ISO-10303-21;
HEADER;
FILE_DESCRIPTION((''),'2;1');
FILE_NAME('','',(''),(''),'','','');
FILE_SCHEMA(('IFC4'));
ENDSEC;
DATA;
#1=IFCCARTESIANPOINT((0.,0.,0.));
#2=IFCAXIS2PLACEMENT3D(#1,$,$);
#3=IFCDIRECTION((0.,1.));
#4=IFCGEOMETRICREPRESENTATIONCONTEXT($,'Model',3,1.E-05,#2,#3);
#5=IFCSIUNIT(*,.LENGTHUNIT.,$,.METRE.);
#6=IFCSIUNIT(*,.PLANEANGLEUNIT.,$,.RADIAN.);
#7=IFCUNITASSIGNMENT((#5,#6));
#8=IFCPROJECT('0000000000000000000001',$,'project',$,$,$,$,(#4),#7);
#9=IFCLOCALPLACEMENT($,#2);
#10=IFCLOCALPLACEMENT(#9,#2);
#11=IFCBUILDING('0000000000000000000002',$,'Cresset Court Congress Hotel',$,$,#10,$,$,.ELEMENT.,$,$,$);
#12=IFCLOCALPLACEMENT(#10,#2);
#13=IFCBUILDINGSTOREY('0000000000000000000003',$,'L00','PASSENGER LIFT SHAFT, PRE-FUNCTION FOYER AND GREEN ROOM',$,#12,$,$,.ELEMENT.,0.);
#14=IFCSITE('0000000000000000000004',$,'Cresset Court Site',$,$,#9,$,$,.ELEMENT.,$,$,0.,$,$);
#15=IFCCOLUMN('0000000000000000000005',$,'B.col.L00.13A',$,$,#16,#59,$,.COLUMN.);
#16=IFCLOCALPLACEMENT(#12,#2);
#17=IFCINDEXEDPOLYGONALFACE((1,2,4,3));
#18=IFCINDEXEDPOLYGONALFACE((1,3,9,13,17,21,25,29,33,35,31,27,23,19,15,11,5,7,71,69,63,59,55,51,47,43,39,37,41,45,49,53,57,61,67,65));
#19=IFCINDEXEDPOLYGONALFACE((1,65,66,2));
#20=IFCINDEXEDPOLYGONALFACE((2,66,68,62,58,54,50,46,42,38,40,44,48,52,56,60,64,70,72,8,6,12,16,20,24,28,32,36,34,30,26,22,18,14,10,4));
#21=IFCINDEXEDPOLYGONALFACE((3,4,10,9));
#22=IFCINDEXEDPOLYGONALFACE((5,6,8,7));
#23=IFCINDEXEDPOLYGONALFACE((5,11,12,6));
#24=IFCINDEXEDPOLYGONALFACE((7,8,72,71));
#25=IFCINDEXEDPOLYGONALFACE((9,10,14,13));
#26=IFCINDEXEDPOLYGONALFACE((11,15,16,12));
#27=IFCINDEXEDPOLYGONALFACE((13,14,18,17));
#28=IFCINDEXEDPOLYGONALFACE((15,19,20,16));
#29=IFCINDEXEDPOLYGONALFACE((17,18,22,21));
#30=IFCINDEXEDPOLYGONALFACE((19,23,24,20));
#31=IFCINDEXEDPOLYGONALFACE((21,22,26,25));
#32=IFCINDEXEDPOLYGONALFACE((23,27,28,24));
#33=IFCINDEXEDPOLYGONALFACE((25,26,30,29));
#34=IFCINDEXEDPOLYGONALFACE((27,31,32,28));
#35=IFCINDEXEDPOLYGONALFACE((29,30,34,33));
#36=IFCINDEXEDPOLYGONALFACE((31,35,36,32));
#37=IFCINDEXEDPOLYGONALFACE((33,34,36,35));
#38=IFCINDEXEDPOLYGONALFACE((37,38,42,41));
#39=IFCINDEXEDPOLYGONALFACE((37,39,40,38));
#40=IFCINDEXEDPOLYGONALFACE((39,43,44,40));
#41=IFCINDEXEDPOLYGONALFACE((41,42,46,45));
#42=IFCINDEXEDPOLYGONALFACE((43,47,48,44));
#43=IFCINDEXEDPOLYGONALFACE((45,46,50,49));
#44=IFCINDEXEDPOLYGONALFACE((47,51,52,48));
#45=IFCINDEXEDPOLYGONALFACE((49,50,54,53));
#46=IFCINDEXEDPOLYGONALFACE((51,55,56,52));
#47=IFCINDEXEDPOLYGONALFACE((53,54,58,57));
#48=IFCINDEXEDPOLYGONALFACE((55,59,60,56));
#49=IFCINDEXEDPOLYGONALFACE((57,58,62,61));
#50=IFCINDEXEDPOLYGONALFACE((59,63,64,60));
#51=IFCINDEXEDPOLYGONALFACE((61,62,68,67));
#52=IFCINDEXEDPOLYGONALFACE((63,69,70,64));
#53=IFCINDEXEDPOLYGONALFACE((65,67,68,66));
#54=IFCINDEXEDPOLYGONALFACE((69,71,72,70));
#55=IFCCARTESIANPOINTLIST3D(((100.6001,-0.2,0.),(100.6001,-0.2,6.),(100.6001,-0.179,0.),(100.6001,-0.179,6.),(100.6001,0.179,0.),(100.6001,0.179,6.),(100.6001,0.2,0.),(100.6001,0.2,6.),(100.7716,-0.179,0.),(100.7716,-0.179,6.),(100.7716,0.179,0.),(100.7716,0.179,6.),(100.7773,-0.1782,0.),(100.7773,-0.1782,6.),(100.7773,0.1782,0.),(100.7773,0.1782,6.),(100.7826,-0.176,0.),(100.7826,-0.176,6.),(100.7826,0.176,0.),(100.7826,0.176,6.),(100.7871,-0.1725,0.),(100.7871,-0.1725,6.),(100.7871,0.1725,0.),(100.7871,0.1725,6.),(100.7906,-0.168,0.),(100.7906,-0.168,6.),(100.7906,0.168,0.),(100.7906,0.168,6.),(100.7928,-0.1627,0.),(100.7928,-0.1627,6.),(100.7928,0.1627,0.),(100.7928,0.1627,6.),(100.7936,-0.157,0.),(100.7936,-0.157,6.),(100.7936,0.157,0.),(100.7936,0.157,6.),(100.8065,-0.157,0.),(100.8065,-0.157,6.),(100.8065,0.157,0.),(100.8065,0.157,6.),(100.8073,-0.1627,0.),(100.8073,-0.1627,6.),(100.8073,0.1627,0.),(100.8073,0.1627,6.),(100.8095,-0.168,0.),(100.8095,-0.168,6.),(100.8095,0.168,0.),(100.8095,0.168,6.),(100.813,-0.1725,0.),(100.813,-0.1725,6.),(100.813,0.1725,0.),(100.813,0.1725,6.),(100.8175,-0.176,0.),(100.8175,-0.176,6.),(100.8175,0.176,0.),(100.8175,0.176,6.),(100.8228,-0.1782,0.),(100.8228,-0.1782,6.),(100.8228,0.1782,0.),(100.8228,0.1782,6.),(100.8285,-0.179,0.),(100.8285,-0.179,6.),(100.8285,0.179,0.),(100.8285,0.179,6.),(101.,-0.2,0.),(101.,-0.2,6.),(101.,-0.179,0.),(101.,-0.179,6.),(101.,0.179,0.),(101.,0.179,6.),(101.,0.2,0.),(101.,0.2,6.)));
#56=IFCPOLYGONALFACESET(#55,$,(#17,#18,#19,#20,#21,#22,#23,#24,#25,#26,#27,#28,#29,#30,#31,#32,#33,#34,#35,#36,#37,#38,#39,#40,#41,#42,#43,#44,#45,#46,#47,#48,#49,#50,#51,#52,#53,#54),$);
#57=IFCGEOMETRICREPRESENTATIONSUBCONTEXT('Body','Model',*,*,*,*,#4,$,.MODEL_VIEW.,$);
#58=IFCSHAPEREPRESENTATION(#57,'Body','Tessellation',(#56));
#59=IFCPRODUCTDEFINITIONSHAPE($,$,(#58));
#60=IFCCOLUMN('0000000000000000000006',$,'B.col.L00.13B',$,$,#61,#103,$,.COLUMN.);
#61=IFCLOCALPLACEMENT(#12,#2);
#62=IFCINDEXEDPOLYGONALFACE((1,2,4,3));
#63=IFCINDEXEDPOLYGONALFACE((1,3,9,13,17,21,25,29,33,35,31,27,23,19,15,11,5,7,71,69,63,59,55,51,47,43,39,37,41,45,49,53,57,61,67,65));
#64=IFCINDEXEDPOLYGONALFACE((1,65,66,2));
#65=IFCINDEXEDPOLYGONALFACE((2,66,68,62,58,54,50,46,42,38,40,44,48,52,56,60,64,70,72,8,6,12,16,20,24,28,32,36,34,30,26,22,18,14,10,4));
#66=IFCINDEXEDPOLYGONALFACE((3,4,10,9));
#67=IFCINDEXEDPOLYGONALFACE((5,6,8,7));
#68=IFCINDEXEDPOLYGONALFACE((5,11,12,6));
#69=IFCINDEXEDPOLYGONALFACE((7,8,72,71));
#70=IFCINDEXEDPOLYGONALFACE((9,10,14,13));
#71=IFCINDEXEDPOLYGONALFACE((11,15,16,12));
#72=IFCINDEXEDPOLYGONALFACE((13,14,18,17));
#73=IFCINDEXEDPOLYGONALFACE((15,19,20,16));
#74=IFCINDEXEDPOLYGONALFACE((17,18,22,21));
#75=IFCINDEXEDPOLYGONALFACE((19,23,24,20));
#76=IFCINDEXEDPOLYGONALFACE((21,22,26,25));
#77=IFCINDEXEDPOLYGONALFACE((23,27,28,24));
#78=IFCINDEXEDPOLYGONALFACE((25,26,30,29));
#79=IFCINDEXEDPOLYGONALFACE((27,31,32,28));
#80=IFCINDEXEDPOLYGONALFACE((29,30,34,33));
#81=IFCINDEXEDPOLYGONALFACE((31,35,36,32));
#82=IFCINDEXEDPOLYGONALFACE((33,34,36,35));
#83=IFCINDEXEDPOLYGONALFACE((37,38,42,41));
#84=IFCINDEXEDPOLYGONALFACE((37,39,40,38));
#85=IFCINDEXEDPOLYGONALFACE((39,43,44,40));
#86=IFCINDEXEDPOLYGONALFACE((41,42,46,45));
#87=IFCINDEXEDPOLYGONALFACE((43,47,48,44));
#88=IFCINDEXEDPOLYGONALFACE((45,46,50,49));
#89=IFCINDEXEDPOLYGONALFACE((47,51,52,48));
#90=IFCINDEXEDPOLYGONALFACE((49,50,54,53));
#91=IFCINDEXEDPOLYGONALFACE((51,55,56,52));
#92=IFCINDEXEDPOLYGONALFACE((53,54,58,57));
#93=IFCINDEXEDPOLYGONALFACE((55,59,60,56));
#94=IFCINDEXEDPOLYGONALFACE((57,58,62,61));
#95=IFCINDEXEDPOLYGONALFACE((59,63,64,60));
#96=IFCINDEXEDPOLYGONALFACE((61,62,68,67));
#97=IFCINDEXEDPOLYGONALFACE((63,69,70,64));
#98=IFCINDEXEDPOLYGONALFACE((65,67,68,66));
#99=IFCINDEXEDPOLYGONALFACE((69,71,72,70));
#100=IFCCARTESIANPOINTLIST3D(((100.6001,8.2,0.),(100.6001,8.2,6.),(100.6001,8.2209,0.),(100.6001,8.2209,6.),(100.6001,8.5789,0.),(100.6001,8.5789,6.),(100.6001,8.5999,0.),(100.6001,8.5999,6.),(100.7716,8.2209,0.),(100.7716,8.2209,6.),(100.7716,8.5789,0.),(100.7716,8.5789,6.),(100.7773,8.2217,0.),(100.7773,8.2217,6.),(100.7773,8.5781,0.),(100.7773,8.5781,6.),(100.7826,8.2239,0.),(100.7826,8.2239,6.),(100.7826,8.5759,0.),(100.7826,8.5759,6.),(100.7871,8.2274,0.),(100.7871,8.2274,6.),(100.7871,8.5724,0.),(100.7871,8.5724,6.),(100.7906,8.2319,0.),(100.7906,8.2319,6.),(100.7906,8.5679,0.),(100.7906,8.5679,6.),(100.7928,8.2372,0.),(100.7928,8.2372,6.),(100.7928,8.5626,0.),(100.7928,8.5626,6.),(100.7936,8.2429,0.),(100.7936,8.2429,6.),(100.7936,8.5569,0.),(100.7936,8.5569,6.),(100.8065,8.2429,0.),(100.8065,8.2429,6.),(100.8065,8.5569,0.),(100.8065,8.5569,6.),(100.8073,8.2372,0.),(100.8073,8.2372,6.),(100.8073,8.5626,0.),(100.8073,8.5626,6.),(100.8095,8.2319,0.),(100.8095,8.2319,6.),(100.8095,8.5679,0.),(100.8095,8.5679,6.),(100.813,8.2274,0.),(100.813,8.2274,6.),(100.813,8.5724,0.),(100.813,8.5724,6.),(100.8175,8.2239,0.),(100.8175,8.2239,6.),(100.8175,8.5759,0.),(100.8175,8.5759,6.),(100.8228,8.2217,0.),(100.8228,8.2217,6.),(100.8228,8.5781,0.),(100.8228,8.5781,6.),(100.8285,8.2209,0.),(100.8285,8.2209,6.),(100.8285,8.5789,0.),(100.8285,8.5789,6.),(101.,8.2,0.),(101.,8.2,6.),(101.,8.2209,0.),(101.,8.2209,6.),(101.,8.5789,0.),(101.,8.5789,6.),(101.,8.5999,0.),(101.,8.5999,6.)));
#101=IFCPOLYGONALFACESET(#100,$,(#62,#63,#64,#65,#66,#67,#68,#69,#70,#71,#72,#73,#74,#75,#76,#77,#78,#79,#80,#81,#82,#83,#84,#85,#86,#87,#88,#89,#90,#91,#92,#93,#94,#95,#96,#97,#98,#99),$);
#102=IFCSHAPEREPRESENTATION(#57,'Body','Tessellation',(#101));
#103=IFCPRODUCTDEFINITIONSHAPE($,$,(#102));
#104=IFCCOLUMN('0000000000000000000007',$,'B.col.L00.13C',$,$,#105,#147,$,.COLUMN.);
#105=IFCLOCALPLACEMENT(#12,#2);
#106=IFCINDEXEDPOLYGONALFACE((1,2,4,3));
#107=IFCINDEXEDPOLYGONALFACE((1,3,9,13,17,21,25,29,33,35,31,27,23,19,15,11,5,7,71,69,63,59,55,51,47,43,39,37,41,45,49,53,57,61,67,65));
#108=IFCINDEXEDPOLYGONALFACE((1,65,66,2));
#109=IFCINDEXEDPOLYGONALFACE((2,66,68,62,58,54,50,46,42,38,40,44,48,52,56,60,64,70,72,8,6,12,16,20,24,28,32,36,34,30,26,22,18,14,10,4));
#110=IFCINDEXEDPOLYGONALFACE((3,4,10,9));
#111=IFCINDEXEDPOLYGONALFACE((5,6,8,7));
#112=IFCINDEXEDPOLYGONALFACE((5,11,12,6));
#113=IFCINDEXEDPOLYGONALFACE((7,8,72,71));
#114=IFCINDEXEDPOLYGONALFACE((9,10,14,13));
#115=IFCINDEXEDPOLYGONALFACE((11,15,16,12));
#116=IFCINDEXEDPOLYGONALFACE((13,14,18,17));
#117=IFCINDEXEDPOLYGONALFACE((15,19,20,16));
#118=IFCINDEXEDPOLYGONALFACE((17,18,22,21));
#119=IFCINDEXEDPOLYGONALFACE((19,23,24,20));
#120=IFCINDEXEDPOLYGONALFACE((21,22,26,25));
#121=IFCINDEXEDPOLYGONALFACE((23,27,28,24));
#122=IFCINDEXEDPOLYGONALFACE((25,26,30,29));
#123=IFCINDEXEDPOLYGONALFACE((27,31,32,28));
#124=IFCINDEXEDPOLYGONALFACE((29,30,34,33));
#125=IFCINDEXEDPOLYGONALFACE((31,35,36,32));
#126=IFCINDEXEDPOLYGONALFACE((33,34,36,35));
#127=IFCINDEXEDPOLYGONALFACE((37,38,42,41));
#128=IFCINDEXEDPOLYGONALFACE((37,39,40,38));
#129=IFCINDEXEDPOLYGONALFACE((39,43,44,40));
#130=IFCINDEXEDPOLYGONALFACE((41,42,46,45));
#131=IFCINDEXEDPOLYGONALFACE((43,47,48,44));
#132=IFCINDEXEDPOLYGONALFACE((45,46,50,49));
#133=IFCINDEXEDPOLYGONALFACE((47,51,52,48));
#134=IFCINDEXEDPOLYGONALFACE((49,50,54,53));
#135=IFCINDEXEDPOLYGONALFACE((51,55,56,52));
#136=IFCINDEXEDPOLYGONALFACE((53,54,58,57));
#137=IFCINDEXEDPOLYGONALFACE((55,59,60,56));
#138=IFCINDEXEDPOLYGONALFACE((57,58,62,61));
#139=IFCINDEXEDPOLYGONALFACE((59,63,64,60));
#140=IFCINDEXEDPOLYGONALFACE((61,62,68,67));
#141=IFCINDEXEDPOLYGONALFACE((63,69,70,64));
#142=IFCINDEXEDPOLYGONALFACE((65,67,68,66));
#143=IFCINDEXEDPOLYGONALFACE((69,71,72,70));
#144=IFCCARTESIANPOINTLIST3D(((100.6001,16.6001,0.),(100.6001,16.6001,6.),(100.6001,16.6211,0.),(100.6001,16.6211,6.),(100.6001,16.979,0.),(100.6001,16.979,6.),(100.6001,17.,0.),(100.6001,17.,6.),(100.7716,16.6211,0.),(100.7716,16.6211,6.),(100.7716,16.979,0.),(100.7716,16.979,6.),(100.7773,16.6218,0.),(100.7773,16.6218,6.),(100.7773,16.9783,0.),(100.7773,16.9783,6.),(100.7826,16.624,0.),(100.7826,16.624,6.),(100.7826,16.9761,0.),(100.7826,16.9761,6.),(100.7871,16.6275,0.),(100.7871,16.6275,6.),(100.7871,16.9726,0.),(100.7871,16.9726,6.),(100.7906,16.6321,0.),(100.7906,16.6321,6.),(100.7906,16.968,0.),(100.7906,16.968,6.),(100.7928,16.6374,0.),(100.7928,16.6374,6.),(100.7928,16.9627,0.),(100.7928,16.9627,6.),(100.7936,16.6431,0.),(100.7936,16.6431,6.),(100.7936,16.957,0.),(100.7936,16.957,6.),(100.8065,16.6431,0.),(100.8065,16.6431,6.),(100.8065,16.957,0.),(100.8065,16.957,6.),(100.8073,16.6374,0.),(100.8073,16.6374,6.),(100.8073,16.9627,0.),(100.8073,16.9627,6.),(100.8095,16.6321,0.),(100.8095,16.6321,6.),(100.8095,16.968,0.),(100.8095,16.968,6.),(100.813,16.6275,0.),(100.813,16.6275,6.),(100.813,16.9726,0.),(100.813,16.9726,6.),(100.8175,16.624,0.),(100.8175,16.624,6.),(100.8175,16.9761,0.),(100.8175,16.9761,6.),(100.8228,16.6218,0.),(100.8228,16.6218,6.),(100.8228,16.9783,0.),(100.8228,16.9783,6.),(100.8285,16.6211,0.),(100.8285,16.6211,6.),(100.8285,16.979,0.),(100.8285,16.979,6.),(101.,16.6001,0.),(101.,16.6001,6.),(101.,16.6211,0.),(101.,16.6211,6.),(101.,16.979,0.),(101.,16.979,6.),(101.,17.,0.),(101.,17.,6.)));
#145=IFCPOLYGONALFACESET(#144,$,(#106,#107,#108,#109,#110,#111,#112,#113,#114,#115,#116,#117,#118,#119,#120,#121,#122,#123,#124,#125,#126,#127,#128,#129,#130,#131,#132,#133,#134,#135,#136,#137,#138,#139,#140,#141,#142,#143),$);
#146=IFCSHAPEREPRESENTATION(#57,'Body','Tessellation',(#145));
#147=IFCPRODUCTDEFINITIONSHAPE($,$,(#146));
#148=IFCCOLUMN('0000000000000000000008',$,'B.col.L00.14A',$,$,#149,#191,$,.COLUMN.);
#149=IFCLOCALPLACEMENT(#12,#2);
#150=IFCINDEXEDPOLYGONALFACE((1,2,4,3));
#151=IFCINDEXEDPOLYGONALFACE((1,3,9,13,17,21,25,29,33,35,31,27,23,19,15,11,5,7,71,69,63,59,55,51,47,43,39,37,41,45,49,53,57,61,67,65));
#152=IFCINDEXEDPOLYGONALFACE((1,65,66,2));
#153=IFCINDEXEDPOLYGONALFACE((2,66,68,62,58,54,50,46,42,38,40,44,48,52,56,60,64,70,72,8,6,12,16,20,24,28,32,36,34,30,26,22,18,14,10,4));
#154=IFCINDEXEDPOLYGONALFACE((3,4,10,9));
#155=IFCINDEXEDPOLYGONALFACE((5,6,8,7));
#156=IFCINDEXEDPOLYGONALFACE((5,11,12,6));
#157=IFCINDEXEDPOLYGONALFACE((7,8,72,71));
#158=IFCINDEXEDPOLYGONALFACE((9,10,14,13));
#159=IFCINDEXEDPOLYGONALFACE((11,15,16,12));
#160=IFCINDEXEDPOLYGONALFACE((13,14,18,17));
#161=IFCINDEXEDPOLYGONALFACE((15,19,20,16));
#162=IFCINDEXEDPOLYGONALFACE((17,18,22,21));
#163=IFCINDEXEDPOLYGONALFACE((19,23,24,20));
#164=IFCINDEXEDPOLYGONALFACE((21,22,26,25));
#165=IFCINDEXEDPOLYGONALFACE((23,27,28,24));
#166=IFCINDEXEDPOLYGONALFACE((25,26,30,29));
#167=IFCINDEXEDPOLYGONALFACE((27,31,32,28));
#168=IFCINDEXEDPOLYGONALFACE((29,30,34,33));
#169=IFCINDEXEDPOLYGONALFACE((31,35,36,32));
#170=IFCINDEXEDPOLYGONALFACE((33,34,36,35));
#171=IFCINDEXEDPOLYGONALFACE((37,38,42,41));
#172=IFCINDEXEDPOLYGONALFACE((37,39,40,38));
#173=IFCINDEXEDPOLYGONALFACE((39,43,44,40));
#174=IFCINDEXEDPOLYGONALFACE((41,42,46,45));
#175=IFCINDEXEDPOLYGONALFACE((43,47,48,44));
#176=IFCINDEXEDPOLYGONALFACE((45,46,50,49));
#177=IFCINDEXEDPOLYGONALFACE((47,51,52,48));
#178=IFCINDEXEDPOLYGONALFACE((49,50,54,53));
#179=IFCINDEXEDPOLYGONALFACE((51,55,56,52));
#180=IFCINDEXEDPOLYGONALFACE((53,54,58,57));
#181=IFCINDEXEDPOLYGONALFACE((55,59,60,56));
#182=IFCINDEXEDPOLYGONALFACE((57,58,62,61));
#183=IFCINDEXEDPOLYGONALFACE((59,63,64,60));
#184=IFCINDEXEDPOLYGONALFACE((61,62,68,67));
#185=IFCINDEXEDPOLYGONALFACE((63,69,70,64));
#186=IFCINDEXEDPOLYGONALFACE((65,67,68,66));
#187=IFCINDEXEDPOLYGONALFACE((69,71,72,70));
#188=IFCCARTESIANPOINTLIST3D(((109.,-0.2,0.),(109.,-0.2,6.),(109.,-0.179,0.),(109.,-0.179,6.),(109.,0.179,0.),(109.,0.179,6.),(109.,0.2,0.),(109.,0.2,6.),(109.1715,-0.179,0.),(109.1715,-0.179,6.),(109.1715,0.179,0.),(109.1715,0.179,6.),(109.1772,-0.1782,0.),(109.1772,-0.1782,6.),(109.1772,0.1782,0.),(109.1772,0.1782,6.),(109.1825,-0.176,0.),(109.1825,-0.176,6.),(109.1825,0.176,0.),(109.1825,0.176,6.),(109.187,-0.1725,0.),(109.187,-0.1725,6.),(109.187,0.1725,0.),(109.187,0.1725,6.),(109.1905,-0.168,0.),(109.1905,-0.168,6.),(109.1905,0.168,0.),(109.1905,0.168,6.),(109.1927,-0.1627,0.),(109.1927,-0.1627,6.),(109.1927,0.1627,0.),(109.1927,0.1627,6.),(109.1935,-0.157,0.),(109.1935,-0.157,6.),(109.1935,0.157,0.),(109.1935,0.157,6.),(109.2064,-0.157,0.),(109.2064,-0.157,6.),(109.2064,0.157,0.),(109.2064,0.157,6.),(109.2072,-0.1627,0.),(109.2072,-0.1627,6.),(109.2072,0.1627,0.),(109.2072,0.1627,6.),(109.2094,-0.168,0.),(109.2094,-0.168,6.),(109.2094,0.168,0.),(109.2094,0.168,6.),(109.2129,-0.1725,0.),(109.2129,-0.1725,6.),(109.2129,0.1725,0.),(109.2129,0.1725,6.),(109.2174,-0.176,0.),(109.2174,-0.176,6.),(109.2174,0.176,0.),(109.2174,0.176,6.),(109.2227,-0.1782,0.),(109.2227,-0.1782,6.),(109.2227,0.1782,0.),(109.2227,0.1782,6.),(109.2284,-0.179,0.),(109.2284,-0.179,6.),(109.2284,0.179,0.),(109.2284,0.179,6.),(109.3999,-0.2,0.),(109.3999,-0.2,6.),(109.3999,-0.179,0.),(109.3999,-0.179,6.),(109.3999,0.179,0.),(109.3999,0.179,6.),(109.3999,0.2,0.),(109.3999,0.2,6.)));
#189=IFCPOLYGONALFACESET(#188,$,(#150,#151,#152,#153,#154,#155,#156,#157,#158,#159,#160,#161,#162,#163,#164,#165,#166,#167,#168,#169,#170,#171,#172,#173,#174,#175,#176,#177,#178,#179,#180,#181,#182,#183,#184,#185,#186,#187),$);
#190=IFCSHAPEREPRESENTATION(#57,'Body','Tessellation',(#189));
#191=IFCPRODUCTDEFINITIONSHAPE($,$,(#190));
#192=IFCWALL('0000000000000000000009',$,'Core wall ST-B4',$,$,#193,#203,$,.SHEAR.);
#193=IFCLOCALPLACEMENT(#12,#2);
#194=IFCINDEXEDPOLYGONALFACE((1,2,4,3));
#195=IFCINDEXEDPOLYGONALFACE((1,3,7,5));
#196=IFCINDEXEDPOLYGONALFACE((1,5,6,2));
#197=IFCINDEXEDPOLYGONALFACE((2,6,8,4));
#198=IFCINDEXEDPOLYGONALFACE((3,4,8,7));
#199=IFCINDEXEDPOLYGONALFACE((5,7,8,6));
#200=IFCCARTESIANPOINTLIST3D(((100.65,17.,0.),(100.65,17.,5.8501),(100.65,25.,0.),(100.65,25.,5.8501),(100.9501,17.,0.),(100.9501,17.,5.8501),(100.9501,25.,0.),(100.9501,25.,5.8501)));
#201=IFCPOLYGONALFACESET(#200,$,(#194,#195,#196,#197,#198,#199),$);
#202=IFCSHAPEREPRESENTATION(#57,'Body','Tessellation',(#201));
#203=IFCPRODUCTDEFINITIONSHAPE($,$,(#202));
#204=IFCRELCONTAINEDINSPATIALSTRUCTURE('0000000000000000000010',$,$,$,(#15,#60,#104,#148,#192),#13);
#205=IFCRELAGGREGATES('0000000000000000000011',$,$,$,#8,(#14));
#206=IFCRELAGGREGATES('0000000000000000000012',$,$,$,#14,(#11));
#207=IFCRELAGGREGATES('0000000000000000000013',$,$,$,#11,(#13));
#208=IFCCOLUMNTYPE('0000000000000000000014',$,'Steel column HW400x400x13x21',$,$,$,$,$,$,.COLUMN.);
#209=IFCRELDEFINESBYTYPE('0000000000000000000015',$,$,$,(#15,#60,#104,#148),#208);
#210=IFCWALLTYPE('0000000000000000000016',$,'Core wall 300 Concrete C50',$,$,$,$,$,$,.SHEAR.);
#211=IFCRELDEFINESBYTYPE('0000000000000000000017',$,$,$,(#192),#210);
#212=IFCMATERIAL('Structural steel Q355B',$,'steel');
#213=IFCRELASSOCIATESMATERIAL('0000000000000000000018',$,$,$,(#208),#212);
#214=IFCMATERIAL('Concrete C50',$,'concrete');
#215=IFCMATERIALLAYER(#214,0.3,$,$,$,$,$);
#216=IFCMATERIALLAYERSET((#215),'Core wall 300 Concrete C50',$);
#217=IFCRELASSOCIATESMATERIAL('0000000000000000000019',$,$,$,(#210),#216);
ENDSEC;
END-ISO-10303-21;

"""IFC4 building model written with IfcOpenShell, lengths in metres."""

from ifc_helpers import new_model, si_unit, direction, frame, frame_2d, origin, origin_2d, place, context, subcontext, project, spatial, rectangle, i_section, extrude, material, layer, layer_set, material_profile, profile_set, type_object, element, save


model = new_model("IFC4")

# Units and contexts
model_context = context("Model", 3, precision=1e-05, world=origin(), true_north=direction((0.0, 1.0)))
body_context = subcontext(model_context, "Body", "Model", "MODEL_VIEW")
ifc_project = project(units=[si_unit("LENGTHUNIT", "METRE"), si_unit("PLANEANGLEUNIT", "RADIAN")], contexts=[model_context])

# Site, building, storey
site_placement = place(None, origin())
site = spatial("IfcSite", under=ifc_project, at=site_placement, Name="Cresset Court Site", CompositionType="ELEMENT", RefElevation=0.0)
building_placement = place(site_placement, origin())
building = spatial("IfcBuilding", under=site, at=building_placement, Name="Cresset Court Congress Hotel", CompositionType="ELEMENT")
storey_placement = place(building_placement, origin())
storey = spatial("IfcBuildingStorey", under=building, at=storey_placement, Name="L00", Description="PASSENGER LIFT SHAFT, PRE-FUNCTION FOYER AND GREEN ROOM", CompositionType="ELEMENT", Elevation=0.0)

# Columns
ifc_material_1 = material(Name="Structural steel Q355B", Category="steel")
ifc_material_profile = material_profile(ifc_material_1, i_section(OverallWidth=0.3999, OverallDepth=0.3999, WebThickness=0.0129, FlangeThickness=0.021, FilletRadius=0.022, at=origin_2d()), Name="HW400x400x13x21")
ifc_profile_set = profile_set([ifc_material_profile], Name="Structural steel Q355B")
column_type = type_object("IfcColumnType", Name="Steel column HW400x400x13x21", PredefinedType="COLUMN", material=ifc_profile_set)
for number, where, z_axis, x_axis, name in (
    (1, (100.8, 0.0, 0.0), (0.0, 0.0, 1.0), (1.0, 0.0, 0.0), "B.col.L00.13A"),
    (2, (100.8, 8.3999, 0.0), (0.0, 0.0, 1.0), (1.0, 0.0, 0.0), "B.col.L00.13B"),
    (3, (100.8, 16.8, 0.0), (0.0, 0.0, 1.0), (1.0, 0.0, 0.0), "B.col.L00.13C"),
    (4, (109.2, 0.0, 0.0), (0.0, 0.0, 1.0), (1.0, 0.0, 0.0), "B.col.L00.14A"),
):
    element("IfcColumn", number, at=place(storey_placement, frame(where, z_axis=z_axis, x_axis=x_axis)), inside=storey, type_object=column_type, Name=name, PredefinedType="COLUMN", context=body_context, shape_type="SweptSolid", body=[
        extrude(i_section(OverallWidth=0.3999, OverallDepth=0.3999, WebThickness=0.0129, FlangeThickness=0.021, FilletRadius=0.022, at=origin_2d()), origin(), (0.0, 0.0, 1.0), 6.0),
    ])

# Wall
ifc_material_2 = material(Name="Concrete C50", Category="concrete")
ifc_layer_1 = layer(ifc_material_2, 0.3)
ifc_layer_set_1 = layer_set([ifc_layer_1], Name="Core wall 300 Concrete C50")
wall_type_1 = type_object("IfcWallType", Name="Core wall 300 Concrete C50", PredefinedType="SHEAR", material=ifc_layer_set_1)
wall_1_placement = place(storey_placement, frame((100.8, 17.0, 0.0), z_axis=(0.0, 0.0, 1.0), x_axis=(0.0, 1.0, 0.0)))
element("IfcWall", 5, at=wall_1_placement, inside=storey, type_object=wall_type_1, Name="Core wall ST-B4", PredefinedType="SHEAR", context=body_context, shape_type="SweptSolid", body=[
    extrude(rectangle(XDim=8.0, YDim=0.3, at=frame_2d((4.0, 0.0))), origin(), (0.0, 0.0, 1.0), 5.8501),
])

save(model, "model.ifc")
